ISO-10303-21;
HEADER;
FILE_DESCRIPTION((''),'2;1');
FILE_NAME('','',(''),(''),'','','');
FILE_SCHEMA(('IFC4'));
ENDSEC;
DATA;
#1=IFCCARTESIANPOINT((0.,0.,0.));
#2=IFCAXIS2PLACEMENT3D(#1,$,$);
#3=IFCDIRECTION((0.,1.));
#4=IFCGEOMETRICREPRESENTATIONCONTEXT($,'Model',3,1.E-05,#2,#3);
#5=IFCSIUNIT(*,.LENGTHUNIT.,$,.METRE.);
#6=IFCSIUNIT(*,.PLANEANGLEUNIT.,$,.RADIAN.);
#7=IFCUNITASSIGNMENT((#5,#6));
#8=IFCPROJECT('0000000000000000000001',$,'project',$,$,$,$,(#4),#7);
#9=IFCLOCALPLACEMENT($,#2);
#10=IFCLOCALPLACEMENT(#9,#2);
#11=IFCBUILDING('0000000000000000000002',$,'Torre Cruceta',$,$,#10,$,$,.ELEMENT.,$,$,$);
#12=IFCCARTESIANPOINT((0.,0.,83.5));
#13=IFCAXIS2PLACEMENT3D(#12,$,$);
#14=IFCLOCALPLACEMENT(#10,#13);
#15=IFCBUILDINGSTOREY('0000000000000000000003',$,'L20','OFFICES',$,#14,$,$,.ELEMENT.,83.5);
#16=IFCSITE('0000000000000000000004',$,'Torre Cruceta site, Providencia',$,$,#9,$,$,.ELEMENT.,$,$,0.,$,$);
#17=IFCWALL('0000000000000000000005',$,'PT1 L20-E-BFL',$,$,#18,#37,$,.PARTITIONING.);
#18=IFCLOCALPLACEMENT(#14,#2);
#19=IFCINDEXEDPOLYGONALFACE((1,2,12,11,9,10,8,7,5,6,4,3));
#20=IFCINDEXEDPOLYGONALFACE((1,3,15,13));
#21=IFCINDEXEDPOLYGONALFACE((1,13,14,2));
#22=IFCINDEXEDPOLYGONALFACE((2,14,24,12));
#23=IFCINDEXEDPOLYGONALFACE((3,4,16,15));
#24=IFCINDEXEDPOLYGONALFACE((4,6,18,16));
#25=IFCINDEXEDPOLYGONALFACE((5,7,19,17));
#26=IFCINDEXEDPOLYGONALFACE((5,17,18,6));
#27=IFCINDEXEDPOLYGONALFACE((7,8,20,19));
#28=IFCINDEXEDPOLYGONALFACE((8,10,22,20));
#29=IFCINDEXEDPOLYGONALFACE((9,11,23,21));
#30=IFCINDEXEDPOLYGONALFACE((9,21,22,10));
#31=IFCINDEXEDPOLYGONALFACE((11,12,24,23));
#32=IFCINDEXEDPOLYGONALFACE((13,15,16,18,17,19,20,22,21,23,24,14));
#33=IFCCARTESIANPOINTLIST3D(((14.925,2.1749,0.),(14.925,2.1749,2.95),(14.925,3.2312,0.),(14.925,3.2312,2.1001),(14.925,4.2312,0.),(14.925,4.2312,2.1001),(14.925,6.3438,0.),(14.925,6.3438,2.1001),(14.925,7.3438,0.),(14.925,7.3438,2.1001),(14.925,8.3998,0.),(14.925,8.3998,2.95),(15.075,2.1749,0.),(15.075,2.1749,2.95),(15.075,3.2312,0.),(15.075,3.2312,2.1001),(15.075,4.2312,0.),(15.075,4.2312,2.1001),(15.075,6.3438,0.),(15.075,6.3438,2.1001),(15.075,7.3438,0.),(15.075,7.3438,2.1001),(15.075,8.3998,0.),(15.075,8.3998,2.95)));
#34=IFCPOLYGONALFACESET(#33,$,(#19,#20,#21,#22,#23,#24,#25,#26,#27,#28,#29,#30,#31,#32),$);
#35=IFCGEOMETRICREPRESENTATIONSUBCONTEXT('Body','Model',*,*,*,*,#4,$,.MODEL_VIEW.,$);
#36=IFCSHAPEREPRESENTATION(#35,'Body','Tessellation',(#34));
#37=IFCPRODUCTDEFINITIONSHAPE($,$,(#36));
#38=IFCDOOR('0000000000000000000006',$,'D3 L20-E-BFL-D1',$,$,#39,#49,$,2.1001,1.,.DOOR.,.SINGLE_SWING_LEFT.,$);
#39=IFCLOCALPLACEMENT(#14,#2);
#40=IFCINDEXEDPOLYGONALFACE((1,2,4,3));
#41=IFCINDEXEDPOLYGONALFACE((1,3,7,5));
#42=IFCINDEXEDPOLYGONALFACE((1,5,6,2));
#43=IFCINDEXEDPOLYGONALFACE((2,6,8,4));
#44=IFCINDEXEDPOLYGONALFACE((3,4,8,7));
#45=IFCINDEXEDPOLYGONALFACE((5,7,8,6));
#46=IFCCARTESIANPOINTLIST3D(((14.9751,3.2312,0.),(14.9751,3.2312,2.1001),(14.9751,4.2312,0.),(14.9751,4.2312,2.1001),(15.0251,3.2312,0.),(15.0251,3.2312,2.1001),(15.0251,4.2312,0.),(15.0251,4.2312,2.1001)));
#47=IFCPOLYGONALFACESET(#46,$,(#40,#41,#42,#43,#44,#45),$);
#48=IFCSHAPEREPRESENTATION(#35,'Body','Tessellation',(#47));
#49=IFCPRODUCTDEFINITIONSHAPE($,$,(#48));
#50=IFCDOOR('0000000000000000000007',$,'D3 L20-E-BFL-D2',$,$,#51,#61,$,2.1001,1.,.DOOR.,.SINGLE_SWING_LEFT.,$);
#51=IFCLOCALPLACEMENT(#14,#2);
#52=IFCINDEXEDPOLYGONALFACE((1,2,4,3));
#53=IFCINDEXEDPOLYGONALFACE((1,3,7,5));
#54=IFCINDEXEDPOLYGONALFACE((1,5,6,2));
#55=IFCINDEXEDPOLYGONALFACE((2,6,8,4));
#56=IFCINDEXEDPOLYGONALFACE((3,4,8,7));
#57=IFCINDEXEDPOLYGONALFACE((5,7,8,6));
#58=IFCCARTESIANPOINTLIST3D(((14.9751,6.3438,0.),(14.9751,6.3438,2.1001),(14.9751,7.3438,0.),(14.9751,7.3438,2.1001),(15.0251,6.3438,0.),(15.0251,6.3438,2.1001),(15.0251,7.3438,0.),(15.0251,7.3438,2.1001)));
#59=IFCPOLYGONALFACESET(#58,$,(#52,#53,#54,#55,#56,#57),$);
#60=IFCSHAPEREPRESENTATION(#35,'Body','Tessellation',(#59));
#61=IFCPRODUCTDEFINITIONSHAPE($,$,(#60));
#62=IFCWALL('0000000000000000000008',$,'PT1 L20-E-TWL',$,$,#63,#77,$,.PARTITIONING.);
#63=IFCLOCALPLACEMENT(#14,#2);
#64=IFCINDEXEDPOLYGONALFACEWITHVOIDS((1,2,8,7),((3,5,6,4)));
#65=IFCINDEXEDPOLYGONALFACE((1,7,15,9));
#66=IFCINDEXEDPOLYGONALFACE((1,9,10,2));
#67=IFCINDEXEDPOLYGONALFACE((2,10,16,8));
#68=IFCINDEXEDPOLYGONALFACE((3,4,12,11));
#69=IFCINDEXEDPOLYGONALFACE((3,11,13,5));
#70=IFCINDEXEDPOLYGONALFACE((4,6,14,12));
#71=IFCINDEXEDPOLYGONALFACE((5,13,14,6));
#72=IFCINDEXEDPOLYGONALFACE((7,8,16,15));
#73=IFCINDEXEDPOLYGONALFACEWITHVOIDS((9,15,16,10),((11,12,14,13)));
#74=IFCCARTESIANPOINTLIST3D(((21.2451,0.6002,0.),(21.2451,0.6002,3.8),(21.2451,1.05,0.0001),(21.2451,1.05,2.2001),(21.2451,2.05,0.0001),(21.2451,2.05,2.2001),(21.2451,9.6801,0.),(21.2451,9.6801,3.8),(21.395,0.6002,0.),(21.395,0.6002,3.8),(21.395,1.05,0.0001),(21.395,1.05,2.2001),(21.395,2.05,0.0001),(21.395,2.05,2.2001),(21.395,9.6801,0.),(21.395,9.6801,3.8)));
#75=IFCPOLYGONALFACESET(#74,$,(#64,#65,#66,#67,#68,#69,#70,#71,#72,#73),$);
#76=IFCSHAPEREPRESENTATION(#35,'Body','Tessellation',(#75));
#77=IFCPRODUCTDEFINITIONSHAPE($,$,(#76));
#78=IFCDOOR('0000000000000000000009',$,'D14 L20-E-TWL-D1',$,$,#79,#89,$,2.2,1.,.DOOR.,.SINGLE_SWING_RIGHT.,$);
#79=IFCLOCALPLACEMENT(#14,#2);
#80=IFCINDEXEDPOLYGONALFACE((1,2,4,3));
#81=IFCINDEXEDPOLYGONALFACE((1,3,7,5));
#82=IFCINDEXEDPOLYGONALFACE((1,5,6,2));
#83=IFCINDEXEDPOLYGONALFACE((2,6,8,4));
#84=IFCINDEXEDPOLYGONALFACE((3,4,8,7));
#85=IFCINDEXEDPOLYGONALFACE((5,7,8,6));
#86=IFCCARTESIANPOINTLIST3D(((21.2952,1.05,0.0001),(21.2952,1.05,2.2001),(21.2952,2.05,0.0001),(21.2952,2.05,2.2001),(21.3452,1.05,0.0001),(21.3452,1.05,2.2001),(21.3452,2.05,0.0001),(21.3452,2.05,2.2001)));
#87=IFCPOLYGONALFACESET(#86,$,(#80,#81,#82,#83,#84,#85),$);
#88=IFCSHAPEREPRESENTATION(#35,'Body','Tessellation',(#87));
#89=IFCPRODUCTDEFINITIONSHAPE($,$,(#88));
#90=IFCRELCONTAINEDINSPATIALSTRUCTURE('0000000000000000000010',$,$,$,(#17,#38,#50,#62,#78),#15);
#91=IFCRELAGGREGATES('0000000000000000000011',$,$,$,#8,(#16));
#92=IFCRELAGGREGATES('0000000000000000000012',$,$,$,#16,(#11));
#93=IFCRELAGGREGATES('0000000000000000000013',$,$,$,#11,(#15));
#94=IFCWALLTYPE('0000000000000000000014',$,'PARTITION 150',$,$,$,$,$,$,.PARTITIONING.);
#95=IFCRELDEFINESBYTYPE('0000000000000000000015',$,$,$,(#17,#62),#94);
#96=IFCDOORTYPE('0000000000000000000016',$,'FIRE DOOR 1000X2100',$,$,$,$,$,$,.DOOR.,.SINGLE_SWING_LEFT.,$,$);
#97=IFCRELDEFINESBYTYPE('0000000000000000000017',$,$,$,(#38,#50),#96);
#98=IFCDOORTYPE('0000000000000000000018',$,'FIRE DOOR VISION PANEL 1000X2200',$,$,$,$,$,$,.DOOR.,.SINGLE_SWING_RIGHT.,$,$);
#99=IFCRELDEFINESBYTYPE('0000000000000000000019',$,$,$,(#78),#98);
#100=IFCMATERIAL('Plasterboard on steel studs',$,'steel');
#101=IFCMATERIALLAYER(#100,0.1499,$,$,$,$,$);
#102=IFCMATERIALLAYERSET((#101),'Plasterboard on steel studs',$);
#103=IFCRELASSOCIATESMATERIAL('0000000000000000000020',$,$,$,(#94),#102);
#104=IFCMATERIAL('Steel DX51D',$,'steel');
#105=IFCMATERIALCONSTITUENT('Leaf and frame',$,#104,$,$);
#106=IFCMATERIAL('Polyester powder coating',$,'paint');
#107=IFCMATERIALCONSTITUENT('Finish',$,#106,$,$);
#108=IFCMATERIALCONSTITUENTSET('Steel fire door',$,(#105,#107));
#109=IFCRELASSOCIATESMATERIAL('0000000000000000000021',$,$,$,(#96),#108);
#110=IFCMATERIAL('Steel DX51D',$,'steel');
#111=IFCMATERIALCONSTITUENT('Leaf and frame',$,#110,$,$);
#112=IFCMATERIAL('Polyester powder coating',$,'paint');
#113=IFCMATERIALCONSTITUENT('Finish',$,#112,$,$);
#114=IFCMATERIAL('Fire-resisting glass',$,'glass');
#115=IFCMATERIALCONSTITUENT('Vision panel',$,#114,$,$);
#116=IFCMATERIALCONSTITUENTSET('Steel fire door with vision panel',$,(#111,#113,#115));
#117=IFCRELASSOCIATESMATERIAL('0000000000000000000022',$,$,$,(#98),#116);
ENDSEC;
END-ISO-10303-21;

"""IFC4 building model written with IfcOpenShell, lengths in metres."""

from ifc_helpers import new_model, si_unit, direction, frame, frame_2d, origin, place, context, subcontext, project, spatial, rectangle, extrude, material, layer, layer_set, constituent, constituent_set, type_object, element, fill, save


model = new_model("IFC4")

# Units and contexts
model_context = context("Model", 3, precision=1e-05, world=origin(), true_north=direction((0.0, 1.0)))
body_context = subcontext(model_context, "Body", "Model", "MODEL_VIEW")
ifc_project = project(units=[si_unit("LENGTHUNIT", "METRE"), si_unit("PLANEANGLEUNIT", "RADIAN")], contexts=[model_context])

# Site, building, storey
site_placement = place(None, origin())
site = spatial("IfcSite", under=ifc_project, at=site_placement, Name="Torre Cruceta site, Providencia", CompositionType="ELEMENT", RefElevation=0.0)
building_placement = place(site_placement, origin())
building = spatial("IfcBuilding", under=site, at=building_placement, Name="Torre Cruceta", CompositionType="ELEMENT")
storey_placement = place(building_placement, frame((0.0, 0.0, 83.5)))
storey = spatial("IfcBuildingStorey", under=building, at=storey_placement, Name="L20", Description="OFFICES", CompositionType="ELEMENT", Elevation=83.5)

# Wall, openings, doors
ifc_material_1 = material(Name="Plasterboard on steel studs", Category="steel")
ifc_layer_1 = layer(ifc_material_1, 0.1499)
ifc_layer_set_1 = layer_set([ifc_layer_1], Name="Plasterboard on steel studs")
wall_type_1 = type_object("IfcWallType", Name="PARTITION 150", PredefinedType="PARTITIONING", material=ifc_layer_set_1)
wall_1_placement = place(storey_placement, frame((15.0, 2.175, 0.0), z_axis=(0.0, 0.0, 1.0), x_axis=(0.0, 1.0, 0.0)))
wall_1 = element("IfcWall", 1, at=wall_1_placement, inside=storey, type_object=wall_type_1, Name="PT1 L20-E-BFL", PredefinedType="PARTITIONING", context=body_context, shape_type="SweptSolid", body=[
    extrude(rectangle(XDim=6.2249, YDim=0.1499, at=frame_2d((3.1123, 0.0))), origin(), (0.0, 0.0, 1.0), 2.95),
])
opening_1_placement = place(wall_1_placement, frame((1.0562, 0.0, 0.0)))
opening_1 = element("IfcOpeningElement", 2, at=opening_1_placement, cuts=wall_1, PredefinedType="OPENING", context=body_context, shape_type="SweptSolid", body=[
    extrude(rectangle(XDim=1.0, YDim=2.1001, at=frame_2d((0.5, 1.05))), frame((0.0, 0.085, 0.0), z_axis=(0.0, -1.0, 0.0), x_axis=(1.0, 0.0, 0.0)), (0.0, 0.0, 1.0), 0.1699),
])
opening_2_placement = place(wall_1_placement, frame((4.1687, 0.0, 0.0)))
opening_2 = element("IfcOpeningElement", 3, at=opening_2_placement, cuts=wall_1, PredefinedType="OPENING", context=body_context, shape_type="SweptSolid", body=[
    extrude(rectangle(XDim=1.0, YDim=2.1001, at=frame_2d((0.5, 1.05))), frame((0.0, 0.085, 0.0), z_axis=(0.0, -1.0, 0.0), x_axis=(1.0, 0.0, 0.0)), (0.0, 0.0, 1.0), 0.1699),
])
ifc_material_2 = material(Name="Steel DX51D", Category="steel")
ifc_constituent_1 = constituent(ifc_material_2, Name="Leaf and frame")
ifc_material_3 = material(Name="Polyester powder coating", Category="paint")
ifc_constituent_2 = constituent(ifc_material_3, Name="Finish")
ifc_constituent_set_1 = constituent_set(constituents=[ifc_constituent_1, ifc_constituent_2], Name="Steel fire door")
door_type_1 = type_object("IfcDoorType", Name="FIRE DOOR 1000X2100", OperationType="SINGLE_SWING_LEFT", PredefinedType="DOOR", material=ifc_constituent_set_1)
door_1_placement = place(opening_1_placement, origin())
door_1 = element("IfcDoor", 4, at=door_1_placement, inside=storey, type_object=door_type_1, Name="D3 L20-E-BFL-D1", OperationType="SINGLE_SWING_LEFT", OverallHeight=2.1001, OverallWidth=1.0, PredefinedType="DOOR", context=body_context, shape_type="SweptSolid", body=[
    extrude(rectangle(XDim=1.0, YDim=2.1001, at=frame_2d((0.5, 1.05))), frame((0.0, 0.0249, 0.0), z_axis=(0.0, -1.0, 0.0), x_axis=(1.0, 0.0, 0.0)), (0.0, 0.0, 1.0), 0.05),
])
fill(opening_1, door_1)
door_2_placement = place(opening_2_placement, origin())
door_2 = element("IfcDoor", 5, at=door_2_placement, inside=storey, type_object=door_type_1, Name="D3 L20-E-BFL-D2", OperationType="SINGLE_SWING_LEFT", OverallHeight=2.1001, OverallWidth=1.0, PredefinedType="DOOR", context=body_context, shape_type="SweptSolid", body=[
    extrude(rectangle(XDim=1.0, YDim=2.1001, at=frame_2d((0.5, 1.05))), frame((0.0, 0.0249, 0.0), z_axis=(0.0, -1.0, 0.0), x_axis=(1.0, 0.0, 0.0)), (0.0, 0.0, 1.0), 0.05),
])
fill(opening_2, door_2)

# Wall, opening, door
wall_2_placement = place(storey_placement, frame((21.3201, 0.6001, 0.0), z_axis=(0.0, 0.0, 1.0), x_axis=(0.0, 1.0, 0.0)))
wall_2 = element("IfcWall", 6, at=wall_2_placement, inside=storey, type_object=wall_type_1, Name="PT1 L20-E-TWL", PredefinedType="PARTITIONING", context=body_context, shape_type="SweptSolid", body=[
    extrude(rectangle(XDim=9.0798, YDim=0.1499, at=frame_2d((4.54, 0.0))), origin(), (0.0, 0.0, 1.0), 3.8),
])
opening_3_placement = place(wall_2_placement, frame((0.45, 0.0, 0.0)))
opening_3 = element("IfcOpeningElement", 7, at=opening_3_placement, cuts=wall_2, PredefinedType="OPENING", context=body_context, shape_type="SweptSolid", body=[
    extrude(rectangle(XDim=1.0, YDim=2.2, at=frame_2d((0.5, 1.1001))), frame((0.0, 0.085, 0.0), z_axis=(0.0, -1.0, 0.0), x_axis=(1.0, 0.0, 0.0)), (0.0, 0.0, 1.0), 0.1699),
])
ifc_material_4 = material(Name="Steel DX51D", Category="steel")
ifc_constituent_3 = constituent(ifc_material_4, Name="Leaf and frame")
ifc_material_5 = material(Name="Polyester powder coating", Category="paint")
ifc_constituent_4 = constituent(ifc_material_5, Name="Finish")
ifc_material_6 = material(Name="Fire-resisting glass", Category="glass")
ifc_constituent_5 = constituent(ifc_material_6, Name="Vision panel")
ifc_constituent_set_2 = constituent_set(constituents=[ifc_constituent_3, ifc_constituent_4, ifc_constituent_5], Name="Steel fire door with vision panel")
door_type_2 = type_object("IfcDoorType", Name="FIRE DOOR VISION PANEL 1000X2200", OperationType="SINGLE_SWING_RIGHT", PredefinedType="DOOR", material=ifc_constituent_set_2)
door_3_placement = place(opening_3_placement, frame((1.0, 0.0, 0.0), z_axis=(0.0, 0.0, 1.0), x_axis=(-1.0, 0.0, 0.0)))
door_3 = element("IfcDoor", 8, at=door_3_placement, inside=storey, type_object=door_type_2, Name="D14 L20-E-TWL-D1", OperationType="SINGLE_SWING_RIGHT", OverallHeight=2.2, OverallWidth=1.0, PredefinedType="DOOR", context=body_context, shape_type="SweptSolid", body=[
    extrude(rectangle(XDim=1.0, YDim=2.2, at=frame_2d((0.5, 1.1001))), frame((0.0, 0.0251, 0.0), z_axis=(0.0, -1.0, 0.0), x_axis=(1.0, 0.0, 0.0)), (0.0, 0.0, 1.0), 0.05),
])
fill(opening_3, door_3)

save(model, "model.ifc")
